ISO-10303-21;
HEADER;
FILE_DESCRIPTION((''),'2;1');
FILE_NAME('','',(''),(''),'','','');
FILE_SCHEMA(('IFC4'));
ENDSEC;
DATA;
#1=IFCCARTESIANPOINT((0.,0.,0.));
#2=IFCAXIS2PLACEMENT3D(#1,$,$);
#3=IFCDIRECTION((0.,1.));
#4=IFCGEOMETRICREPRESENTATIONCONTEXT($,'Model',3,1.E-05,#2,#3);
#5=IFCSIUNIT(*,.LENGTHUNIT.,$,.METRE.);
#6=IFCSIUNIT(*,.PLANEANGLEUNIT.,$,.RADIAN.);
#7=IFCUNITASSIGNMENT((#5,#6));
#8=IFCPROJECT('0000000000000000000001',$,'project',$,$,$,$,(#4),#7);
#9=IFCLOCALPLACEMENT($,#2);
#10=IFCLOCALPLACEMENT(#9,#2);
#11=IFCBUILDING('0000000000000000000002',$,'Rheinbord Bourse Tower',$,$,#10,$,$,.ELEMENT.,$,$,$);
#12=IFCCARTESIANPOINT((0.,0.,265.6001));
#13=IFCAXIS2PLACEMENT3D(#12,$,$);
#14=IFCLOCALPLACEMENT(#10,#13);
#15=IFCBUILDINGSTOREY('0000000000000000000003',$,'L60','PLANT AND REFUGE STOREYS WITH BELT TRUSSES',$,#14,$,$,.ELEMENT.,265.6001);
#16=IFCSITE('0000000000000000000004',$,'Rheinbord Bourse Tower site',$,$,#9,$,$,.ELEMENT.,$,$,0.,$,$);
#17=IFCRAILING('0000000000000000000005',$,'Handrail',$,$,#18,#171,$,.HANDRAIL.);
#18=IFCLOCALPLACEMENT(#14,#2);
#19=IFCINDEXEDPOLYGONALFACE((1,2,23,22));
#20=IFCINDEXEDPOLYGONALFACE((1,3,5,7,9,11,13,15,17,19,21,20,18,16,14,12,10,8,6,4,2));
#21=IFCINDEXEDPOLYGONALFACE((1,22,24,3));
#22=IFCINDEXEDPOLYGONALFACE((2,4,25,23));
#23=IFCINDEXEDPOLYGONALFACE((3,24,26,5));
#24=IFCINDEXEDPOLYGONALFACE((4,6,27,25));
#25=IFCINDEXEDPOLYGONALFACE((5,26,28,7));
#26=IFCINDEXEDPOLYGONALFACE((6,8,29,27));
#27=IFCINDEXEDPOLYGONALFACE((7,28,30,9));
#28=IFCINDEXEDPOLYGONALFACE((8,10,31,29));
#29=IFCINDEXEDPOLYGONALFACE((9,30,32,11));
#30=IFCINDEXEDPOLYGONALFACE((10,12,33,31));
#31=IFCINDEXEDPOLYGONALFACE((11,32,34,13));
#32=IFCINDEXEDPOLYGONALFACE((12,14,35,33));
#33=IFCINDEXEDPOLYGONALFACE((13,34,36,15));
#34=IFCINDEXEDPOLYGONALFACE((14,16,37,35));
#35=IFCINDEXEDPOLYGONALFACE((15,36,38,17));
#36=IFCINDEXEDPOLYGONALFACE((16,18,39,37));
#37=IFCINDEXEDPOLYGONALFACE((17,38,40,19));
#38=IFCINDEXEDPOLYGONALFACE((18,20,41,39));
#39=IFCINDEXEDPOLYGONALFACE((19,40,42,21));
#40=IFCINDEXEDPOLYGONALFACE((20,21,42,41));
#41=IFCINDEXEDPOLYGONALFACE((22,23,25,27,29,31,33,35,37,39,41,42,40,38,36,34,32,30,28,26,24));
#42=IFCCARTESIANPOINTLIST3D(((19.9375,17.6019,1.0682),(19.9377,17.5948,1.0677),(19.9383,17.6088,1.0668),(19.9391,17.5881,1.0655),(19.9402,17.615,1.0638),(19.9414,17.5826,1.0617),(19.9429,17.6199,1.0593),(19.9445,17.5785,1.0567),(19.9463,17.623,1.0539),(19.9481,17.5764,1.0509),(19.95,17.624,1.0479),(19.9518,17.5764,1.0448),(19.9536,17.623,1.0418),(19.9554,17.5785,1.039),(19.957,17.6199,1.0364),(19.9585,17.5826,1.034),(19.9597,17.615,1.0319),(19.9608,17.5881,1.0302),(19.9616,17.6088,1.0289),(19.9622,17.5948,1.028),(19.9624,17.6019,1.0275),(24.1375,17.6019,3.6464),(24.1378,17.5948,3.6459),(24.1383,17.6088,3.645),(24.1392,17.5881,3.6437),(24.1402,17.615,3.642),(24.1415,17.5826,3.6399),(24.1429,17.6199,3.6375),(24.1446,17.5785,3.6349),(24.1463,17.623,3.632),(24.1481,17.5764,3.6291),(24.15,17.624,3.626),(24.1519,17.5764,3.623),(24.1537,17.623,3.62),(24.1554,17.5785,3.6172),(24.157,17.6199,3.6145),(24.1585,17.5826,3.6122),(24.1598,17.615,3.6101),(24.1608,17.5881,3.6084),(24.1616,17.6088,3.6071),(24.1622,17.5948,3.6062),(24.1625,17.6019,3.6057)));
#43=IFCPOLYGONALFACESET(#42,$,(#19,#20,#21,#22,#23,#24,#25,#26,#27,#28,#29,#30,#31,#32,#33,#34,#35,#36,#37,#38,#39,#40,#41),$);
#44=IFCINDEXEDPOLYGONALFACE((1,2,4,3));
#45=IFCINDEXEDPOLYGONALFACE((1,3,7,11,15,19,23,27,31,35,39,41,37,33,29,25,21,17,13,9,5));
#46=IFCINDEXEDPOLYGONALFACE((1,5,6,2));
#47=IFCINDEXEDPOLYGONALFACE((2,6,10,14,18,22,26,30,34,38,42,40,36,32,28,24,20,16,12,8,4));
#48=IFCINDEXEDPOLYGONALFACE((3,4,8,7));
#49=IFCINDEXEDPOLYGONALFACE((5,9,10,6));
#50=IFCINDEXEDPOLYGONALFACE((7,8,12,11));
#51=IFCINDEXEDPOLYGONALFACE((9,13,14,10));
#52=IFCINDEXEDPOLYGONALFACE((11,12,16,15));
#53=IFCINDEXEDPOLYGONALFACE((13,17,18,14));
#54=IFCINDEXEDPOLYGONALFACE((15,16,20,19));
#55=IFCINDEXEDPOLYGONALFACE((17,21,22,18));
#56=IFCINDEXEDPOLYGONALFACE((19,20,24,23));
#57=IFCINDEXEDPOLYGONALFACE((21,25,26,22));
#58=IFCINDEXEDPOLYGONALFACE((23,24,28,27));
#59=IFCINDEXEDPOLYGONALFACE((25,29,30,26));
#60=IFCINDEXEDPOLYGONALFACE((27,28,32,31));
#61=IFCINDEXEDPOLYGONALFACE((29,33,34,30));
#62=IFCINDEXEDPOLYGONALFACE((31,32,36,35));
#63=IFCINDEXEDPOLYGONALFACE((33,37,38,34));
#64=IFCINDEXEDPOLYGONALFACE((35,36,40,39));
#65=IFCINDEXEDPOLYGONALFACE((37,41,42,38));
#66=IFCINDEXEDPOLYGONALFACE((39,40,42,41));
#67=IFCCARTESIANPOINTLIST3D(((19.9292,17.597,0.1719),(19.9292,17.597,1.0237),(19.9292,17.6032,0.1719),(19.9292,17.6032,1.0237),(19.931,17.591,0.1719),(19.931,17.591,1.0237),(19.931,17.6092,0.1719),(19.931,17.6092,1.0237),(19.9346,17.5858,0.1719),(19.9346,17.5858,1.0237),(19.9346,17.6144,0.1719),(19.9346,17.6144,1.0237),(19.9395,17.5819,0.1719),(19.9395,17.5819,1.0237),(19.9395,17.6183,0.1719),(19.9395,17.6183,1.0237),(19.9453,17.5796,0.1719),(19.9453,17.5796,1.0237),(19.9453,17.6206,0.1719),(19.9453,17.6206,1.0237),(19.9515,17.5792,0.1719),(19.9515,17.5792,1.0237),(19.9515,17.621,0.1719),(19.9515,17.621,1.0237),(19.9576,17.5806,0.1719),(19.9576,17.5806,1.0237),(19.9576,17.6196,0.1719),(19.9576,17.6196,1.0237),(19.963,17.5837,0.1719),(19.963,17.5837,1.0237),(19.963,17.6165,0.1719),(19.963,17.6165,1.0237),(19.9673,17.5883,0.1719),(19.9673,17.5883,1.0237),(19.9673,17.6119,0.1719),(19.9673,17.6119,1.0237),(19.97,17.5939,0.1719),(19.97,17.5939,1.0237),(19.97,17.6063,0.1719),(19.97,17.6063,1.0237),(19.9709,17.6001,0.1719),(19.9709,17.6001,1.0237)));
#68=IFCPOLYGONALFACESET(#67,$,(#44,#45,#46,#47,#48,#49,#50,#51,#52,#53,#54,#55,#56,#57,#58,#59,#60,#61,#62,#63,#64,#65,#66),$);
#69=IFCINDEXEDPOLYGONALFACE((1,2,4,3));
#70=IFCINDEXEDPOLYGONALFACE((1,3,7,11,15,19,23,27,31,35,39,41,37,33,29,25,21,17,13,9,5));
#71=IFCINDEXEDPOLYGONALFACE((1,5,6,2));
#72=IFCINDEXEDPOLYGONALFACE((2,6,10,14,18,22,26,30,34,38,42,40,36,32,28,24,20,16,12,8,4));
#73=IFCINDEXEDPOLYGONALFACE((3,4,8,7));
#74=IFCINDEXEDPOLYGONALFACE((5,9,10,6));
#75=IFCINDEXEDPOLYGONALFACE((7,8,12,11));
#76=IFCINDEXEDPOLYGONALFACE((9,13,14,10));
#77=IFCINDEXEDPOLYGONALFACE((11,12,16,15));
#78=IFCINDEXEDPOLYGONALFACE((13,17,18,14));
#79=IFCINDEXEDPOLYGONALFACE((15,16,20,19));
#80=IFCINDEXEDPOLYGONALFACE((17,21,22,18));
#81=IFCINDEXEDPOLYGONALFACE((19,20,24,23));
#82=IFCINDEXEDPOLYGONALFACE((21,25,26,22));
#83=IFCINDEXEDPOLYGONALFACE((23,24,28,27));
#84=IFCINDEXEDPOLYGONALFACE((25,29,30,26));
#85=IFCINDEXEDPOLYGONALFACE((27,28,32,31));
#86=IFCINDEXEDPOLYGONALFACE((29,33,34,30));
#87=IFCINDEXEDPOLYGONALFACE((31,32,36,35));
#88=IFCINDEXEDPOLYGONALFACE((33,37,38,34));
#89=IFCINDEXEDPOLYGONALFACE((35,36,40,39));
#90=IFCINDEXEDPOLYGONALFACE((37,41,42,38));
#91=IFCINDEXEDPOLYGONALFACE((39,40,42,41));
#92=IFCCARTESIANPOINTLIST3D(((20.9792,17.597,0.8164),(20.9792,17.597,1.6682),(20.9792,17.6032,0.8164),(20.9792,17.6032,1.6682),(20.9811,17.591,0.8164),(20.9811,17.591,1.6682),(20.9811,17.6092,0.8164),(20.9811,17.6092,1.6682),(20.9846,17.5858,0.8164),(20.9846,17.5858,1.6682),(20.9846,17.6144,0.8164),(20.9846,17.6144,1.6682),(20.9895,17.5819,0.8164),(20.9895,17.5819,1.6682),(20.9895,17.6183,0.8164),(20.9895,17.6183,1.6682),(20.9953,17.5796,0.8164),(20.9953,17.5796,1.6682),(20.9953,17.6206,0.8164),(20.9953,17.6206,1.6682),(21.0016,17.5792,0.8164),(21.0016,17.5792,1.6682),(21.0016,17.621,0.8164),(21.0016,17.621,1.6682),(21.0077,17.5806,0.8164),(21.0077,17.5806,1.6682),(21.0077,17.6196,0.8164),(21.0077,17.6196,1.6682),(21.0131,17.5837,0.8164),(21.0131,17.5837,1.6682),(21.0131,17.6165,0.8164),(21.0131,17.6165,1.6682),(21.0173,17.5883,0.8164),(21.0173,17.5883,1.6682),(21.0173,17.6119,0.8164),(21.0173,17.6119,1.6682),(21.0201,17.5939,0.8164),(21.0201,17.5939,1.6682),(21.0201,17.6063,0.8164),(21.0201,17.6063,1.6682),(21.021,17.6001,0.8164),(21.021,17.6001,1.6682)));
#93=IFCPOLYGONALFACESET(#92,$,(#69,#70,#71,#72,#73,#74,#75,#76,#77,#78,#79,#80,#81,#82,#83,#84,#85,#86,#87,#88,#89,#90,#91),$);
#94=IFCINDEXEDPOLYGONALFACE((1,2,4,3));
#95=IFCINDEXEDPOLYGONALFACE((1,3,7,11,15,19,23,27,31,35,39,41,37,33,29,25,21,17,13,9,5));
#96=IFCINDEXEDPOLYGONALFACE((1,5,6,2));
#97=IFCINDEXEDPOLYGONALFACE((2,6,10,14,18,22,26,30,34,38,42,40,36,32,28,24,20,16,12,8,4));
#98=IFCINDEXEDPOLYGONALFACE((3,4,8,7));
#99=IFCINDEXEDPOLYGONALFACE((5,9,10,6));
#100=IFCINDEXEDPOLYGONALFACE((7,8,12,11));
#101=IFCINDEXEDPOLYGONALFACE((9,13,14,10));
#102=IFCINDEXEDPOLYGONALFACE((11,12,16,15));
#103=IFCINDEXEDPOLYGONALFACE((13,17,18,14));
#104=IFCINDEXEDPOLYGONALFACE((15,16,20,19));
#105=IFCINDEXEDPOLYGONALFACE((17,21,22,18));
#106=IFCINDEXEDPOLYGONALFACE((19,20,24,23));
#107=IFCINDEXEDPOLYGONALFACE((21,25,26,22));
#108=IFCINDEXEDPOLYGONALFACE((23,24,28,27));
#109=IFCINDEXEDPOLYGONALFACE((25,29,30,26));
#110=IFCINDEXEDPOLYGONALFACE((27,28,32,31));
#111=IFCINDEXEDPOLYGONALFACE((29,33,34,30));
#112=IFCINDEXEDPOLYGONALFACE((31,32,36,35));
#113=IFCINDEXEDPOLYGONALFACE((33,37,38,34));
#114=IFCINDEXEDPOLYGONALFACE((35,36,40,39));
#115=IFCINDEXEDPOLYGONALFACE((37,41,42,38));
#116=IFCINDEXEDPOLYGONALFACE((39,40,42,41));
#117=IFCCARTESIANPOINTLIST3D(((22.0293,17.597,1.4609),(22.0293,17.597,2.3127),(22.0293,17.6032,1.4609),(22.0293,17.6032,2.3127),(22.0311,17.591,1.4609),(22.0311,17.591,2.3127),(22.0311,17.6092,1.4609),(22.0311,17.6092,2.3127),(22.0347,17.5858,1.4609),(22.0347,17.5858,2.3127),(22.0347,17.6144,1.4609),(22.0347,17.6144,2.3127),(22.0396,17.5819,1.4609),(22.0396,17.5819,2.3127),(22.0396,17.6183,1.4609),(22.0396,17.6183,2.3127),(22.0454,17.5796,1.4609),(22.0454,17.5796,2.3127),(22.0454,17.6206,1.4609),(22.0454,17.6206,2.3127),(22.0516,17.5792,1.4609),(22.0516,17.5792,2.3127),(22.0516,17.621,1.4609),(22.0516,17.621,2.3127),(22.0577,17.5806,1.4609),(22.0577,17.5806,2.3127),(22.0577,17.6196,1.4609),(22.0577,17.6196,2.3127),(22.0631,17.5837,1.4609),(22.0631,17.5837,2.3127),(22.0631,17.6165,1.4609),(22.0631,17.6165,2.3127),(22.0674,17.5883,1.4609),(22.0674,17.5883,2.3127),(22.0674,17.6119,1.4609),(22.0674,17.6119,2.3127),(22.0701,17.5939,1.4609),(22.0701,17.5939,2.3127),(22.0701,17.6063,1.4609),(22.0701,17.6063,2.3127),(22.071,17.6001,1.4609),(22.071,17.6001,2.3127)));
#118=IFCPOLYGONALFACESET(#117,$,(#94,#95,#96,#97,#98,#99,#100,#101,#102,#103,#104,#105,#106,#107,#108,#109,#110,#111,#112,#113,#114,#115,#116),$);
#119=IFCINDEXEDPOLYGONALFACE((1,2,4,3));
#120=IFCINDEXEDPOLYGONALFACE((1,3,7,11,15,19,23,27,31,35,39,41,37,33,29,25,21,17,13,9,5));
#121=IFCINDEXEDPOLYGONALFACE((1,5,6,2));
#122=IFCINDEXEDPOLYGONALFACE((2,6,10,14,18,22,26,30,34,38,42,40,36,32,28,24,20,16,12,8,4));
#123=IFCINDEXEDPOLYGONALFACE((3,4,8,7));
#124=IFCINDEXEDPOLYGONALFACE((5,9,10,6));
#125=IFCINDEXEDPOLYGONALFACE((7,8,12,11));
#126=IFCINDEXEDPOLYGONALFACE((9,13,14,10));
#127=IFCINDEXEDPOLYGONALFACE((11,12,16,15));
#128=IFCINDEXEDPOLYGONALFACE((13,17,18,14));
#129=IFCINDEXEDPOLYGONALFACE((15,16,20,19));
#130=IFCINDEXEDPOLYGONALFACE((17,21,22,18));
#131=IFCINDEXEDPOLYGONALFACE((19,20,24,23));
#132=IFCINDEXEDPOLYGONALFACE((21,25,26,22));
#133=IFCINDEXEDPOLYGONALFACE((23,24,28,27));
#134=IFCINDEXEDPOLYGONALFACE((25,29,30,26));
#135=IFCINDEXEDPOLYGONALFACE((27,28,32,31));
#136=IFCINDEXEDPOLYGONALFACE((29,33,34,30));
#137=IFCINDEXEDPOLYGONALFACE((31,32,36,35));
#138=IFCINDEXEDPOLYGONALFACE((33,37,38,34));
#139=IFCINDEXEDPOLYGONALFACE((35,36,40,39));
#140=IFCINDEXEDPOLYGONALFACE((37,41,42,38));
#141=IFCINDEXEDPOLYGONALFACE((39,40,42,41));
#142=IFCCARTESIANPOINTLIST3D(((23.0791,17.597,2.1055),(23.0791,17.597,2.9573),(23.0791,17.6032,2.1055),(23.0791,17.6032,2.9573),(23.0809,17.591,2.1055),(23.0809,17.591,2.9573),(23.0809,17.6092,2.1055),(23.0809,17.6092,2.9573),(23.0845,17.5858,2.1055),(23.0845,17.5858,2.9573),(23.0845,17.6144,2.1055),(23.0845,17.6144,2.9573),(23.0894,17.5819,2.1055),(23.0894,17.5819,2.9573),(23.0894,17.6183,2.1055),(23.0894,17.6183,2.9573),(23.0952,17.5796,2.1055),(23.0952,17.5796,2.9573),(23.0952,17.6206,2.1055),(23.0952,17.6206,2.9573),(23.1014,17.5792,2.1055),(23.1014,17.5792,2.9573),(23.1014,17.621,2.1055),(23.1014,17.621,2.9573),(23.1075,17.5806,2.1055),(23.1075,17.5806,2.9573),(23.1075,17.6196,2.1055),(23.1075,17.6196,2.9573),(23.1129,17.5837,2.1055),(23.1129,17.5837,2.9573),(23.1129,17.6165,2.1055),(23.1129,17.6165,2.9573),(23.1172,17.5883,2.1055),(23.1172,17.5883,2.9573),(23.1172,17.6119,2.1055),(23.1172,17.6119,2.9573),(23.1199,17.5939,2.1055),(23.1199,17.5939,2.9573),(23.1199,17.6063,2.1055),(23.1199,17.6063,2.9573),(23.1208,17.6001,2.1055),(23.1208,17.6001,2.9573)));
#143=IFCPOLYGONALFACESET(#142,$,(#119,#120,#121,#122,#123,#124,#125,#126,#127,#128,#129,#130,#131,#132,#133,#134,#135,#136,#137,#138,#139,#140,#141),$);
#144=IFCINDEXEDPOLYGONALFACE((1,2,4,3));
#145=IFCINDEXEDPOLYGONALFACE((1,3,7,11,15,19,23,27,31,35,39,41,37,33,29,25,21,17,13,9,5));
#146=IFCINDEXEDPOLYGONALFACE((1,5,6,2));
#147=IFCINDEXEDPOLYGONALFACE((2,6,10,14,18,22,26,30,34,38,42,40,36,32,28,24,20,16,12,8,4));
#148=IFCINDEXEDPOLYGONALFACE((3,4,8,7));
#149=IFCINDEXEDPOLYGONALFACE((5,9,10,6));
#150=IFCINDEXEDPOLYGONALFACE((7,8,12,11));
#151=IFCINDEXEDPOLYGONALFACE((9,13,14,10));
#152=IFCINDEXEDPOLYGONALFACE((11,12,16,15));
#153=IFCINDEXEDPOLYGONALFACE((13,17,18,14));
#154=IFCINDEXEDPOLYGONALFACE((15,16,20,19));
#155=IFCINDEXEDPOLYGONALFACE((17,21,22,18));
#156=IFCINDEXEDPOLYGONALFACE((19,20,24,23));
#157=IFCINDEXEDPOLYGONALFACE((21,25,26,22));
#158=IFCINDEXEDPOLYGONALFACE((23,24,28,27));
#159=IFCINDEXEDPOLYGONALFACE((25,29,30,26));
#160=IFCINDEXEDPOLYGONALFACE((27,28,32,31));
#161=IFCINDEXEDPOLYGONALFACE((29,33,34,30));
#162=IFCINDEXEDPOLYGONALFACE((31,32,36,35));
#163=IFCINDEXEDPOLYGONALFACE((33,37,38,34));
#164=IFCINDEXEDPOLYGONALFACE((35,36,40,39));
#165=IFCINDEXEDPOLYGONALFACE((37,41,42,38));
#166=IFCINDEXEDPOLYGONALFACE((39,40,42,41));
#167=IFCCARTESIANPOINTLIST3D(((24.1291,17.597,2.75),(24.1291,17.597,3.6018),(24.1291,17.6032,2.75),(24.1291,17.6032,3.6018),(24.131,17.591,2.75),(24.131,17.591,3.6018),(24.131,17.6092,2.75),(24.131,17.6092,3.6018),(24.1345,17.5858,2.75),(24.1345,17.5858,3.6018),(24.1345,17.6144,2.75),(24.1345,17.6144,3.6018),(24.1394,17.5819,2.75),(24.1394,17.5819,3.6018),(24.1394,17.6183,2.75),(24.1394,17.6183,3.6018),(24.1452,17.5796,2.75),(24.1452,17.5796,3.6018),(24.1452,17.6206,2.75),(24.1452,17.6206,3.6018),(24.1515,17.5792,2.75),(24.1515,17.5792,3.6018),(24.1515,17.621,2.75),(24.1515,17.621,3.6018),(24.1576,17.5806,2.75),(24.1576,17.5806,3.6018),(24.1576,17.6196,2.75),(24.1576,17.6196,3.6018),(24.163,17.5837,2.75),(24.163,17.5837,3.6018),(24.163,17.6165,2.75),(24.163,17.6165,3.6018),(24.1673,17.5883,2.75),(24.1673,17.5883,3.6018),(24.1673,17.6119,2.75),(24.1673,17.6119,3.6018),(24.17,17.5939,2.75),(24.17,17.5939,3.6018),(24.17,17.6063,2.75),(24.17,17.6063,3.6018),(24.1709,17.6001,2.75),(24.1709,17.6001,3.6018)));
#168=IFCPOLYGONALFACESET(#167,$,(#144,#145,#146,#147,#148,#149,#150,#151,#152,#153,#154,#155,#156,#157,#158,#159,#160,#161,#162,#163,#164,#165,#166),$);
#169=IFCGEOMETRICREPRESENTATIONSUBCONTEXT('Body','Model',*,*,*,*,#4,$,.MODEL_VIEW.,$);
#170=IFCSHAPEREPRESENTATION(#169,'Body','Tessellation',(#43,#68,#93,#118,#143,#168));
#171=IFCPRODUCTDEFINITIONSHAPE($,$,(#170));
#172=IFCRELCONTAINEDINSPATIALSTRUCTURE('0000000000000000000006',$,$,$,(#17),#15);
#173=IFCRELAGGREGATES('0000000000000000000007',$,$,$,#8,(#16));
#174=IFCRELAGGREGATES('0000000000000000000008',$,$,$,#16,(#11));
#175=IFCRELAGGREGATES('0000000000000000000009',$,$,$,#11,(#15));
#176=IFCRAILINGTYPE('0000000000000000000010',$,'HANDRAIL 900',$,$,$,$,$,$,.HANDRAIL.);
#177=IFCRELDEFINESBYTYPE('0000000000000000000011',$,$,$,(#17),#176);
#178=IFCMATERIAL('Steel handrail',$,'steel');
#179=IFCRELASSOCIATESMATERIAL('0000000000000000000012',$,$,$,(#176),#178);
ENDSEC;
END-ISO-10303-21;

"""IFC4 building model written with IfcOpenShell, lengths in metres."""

from ifc_helpers import new_model, si_unit, direction, frame, origin, origin_2d, place, context, subcontext, project, spatial, circle, extrude, material, type_object, element, save


model = new_model("IFC4")

# Units and contexts
model_context = context("Model", 3, precision=1e-05, world=origin(), true_north=direction((0.0, 1.0)))
body_context = subcontext(model_context, "Body", "Model", "MODEL_VIEW")
ifc_project = project(units=[si_unit("LENGTHUNIT", "METRE"), si_unit("PLANEANGLEUNIT", "RADIAN")], contexts=[model_context])

# Site, building, storey
site_placement = place(None, origin())
site = spatial("IfcSite", under=ifc_project, at=site_placement, Name="Rheinbord Bourse Tower site", CompositionType="ELEMENT", RefElevation=0.0)
building_placement = place(site_placement, origin())
building = spatial("IfcBuilding", under=site, at=building_placement, Name="Rheinbord Bourse Tower", CompositionType="ELEMENT")
storey_placement = place(building_placement, frame((0.0, 0.0, 265.6001)))
storey = spatial("IfcBuildingStorey", under=building, at=storey_placement, Name="L60", Description="PLANT AND REFUGE STOREYS WITH BELT TRUSSES", CompositionType="ELEMENT", Elevation=265.6001)

# Railing
ifc_material_1 = material(Name="Steel handrail", Category="steel")
railing_type = type_object("IfcRailingType", Name="HANDRAIL 900", PredefinedType="HANDRAIL", material=ifc_material_1)
railing_1_placement = place(storey_placement, frame((19.95, 17.6001, 0.1719)))
element("IfcRailing", 1, at=railing_1_placement, inside=storey, type_object=railing_type, Name="Handrail", PredefinedType="HANDRAIL", context=body_context, shape_type="SweptSolid", body=[
    extrude(circle(Radius=0.0239, at=origin_2d()), frame((0.0, 0.0, 0.876), z_axis=(0.852243, 0.0, 0.523146), x_axis=(0.0, 1.0, 0.0)), (0.0, 0.0, 1.0), 4.9282),
    extrude(circle(Radius=0.021, at=origin_2d()), origin(), (0.0, 0.0, 1.0), 0.8518),
    extrude(circle(Radius=0.021, at=origin_2d()), frame((1.05, 0.0, 0.6445)), (0.0, 0.0, 1.0), 0.8518),
    extrude(circle(Radius=0.021, at=origin_2d()), frame((2.1001, 0.0, 1.2891)), (0.0, 0.0, 1.0), 0.8518),
    extrude(circle(Radius=0.021, at=origin_2d()), frame((3.1499, 0.0, 1.9336)), (0.0, 0.0, 1.0), 0.8518),
    extrude(circle(Radius=0.021, at=origin_2d()), frame((4.2, 0.0, 2.5781)), (0.0, 0.0, 1.0), 0.8518),
])

save(model, "model.ifc")
